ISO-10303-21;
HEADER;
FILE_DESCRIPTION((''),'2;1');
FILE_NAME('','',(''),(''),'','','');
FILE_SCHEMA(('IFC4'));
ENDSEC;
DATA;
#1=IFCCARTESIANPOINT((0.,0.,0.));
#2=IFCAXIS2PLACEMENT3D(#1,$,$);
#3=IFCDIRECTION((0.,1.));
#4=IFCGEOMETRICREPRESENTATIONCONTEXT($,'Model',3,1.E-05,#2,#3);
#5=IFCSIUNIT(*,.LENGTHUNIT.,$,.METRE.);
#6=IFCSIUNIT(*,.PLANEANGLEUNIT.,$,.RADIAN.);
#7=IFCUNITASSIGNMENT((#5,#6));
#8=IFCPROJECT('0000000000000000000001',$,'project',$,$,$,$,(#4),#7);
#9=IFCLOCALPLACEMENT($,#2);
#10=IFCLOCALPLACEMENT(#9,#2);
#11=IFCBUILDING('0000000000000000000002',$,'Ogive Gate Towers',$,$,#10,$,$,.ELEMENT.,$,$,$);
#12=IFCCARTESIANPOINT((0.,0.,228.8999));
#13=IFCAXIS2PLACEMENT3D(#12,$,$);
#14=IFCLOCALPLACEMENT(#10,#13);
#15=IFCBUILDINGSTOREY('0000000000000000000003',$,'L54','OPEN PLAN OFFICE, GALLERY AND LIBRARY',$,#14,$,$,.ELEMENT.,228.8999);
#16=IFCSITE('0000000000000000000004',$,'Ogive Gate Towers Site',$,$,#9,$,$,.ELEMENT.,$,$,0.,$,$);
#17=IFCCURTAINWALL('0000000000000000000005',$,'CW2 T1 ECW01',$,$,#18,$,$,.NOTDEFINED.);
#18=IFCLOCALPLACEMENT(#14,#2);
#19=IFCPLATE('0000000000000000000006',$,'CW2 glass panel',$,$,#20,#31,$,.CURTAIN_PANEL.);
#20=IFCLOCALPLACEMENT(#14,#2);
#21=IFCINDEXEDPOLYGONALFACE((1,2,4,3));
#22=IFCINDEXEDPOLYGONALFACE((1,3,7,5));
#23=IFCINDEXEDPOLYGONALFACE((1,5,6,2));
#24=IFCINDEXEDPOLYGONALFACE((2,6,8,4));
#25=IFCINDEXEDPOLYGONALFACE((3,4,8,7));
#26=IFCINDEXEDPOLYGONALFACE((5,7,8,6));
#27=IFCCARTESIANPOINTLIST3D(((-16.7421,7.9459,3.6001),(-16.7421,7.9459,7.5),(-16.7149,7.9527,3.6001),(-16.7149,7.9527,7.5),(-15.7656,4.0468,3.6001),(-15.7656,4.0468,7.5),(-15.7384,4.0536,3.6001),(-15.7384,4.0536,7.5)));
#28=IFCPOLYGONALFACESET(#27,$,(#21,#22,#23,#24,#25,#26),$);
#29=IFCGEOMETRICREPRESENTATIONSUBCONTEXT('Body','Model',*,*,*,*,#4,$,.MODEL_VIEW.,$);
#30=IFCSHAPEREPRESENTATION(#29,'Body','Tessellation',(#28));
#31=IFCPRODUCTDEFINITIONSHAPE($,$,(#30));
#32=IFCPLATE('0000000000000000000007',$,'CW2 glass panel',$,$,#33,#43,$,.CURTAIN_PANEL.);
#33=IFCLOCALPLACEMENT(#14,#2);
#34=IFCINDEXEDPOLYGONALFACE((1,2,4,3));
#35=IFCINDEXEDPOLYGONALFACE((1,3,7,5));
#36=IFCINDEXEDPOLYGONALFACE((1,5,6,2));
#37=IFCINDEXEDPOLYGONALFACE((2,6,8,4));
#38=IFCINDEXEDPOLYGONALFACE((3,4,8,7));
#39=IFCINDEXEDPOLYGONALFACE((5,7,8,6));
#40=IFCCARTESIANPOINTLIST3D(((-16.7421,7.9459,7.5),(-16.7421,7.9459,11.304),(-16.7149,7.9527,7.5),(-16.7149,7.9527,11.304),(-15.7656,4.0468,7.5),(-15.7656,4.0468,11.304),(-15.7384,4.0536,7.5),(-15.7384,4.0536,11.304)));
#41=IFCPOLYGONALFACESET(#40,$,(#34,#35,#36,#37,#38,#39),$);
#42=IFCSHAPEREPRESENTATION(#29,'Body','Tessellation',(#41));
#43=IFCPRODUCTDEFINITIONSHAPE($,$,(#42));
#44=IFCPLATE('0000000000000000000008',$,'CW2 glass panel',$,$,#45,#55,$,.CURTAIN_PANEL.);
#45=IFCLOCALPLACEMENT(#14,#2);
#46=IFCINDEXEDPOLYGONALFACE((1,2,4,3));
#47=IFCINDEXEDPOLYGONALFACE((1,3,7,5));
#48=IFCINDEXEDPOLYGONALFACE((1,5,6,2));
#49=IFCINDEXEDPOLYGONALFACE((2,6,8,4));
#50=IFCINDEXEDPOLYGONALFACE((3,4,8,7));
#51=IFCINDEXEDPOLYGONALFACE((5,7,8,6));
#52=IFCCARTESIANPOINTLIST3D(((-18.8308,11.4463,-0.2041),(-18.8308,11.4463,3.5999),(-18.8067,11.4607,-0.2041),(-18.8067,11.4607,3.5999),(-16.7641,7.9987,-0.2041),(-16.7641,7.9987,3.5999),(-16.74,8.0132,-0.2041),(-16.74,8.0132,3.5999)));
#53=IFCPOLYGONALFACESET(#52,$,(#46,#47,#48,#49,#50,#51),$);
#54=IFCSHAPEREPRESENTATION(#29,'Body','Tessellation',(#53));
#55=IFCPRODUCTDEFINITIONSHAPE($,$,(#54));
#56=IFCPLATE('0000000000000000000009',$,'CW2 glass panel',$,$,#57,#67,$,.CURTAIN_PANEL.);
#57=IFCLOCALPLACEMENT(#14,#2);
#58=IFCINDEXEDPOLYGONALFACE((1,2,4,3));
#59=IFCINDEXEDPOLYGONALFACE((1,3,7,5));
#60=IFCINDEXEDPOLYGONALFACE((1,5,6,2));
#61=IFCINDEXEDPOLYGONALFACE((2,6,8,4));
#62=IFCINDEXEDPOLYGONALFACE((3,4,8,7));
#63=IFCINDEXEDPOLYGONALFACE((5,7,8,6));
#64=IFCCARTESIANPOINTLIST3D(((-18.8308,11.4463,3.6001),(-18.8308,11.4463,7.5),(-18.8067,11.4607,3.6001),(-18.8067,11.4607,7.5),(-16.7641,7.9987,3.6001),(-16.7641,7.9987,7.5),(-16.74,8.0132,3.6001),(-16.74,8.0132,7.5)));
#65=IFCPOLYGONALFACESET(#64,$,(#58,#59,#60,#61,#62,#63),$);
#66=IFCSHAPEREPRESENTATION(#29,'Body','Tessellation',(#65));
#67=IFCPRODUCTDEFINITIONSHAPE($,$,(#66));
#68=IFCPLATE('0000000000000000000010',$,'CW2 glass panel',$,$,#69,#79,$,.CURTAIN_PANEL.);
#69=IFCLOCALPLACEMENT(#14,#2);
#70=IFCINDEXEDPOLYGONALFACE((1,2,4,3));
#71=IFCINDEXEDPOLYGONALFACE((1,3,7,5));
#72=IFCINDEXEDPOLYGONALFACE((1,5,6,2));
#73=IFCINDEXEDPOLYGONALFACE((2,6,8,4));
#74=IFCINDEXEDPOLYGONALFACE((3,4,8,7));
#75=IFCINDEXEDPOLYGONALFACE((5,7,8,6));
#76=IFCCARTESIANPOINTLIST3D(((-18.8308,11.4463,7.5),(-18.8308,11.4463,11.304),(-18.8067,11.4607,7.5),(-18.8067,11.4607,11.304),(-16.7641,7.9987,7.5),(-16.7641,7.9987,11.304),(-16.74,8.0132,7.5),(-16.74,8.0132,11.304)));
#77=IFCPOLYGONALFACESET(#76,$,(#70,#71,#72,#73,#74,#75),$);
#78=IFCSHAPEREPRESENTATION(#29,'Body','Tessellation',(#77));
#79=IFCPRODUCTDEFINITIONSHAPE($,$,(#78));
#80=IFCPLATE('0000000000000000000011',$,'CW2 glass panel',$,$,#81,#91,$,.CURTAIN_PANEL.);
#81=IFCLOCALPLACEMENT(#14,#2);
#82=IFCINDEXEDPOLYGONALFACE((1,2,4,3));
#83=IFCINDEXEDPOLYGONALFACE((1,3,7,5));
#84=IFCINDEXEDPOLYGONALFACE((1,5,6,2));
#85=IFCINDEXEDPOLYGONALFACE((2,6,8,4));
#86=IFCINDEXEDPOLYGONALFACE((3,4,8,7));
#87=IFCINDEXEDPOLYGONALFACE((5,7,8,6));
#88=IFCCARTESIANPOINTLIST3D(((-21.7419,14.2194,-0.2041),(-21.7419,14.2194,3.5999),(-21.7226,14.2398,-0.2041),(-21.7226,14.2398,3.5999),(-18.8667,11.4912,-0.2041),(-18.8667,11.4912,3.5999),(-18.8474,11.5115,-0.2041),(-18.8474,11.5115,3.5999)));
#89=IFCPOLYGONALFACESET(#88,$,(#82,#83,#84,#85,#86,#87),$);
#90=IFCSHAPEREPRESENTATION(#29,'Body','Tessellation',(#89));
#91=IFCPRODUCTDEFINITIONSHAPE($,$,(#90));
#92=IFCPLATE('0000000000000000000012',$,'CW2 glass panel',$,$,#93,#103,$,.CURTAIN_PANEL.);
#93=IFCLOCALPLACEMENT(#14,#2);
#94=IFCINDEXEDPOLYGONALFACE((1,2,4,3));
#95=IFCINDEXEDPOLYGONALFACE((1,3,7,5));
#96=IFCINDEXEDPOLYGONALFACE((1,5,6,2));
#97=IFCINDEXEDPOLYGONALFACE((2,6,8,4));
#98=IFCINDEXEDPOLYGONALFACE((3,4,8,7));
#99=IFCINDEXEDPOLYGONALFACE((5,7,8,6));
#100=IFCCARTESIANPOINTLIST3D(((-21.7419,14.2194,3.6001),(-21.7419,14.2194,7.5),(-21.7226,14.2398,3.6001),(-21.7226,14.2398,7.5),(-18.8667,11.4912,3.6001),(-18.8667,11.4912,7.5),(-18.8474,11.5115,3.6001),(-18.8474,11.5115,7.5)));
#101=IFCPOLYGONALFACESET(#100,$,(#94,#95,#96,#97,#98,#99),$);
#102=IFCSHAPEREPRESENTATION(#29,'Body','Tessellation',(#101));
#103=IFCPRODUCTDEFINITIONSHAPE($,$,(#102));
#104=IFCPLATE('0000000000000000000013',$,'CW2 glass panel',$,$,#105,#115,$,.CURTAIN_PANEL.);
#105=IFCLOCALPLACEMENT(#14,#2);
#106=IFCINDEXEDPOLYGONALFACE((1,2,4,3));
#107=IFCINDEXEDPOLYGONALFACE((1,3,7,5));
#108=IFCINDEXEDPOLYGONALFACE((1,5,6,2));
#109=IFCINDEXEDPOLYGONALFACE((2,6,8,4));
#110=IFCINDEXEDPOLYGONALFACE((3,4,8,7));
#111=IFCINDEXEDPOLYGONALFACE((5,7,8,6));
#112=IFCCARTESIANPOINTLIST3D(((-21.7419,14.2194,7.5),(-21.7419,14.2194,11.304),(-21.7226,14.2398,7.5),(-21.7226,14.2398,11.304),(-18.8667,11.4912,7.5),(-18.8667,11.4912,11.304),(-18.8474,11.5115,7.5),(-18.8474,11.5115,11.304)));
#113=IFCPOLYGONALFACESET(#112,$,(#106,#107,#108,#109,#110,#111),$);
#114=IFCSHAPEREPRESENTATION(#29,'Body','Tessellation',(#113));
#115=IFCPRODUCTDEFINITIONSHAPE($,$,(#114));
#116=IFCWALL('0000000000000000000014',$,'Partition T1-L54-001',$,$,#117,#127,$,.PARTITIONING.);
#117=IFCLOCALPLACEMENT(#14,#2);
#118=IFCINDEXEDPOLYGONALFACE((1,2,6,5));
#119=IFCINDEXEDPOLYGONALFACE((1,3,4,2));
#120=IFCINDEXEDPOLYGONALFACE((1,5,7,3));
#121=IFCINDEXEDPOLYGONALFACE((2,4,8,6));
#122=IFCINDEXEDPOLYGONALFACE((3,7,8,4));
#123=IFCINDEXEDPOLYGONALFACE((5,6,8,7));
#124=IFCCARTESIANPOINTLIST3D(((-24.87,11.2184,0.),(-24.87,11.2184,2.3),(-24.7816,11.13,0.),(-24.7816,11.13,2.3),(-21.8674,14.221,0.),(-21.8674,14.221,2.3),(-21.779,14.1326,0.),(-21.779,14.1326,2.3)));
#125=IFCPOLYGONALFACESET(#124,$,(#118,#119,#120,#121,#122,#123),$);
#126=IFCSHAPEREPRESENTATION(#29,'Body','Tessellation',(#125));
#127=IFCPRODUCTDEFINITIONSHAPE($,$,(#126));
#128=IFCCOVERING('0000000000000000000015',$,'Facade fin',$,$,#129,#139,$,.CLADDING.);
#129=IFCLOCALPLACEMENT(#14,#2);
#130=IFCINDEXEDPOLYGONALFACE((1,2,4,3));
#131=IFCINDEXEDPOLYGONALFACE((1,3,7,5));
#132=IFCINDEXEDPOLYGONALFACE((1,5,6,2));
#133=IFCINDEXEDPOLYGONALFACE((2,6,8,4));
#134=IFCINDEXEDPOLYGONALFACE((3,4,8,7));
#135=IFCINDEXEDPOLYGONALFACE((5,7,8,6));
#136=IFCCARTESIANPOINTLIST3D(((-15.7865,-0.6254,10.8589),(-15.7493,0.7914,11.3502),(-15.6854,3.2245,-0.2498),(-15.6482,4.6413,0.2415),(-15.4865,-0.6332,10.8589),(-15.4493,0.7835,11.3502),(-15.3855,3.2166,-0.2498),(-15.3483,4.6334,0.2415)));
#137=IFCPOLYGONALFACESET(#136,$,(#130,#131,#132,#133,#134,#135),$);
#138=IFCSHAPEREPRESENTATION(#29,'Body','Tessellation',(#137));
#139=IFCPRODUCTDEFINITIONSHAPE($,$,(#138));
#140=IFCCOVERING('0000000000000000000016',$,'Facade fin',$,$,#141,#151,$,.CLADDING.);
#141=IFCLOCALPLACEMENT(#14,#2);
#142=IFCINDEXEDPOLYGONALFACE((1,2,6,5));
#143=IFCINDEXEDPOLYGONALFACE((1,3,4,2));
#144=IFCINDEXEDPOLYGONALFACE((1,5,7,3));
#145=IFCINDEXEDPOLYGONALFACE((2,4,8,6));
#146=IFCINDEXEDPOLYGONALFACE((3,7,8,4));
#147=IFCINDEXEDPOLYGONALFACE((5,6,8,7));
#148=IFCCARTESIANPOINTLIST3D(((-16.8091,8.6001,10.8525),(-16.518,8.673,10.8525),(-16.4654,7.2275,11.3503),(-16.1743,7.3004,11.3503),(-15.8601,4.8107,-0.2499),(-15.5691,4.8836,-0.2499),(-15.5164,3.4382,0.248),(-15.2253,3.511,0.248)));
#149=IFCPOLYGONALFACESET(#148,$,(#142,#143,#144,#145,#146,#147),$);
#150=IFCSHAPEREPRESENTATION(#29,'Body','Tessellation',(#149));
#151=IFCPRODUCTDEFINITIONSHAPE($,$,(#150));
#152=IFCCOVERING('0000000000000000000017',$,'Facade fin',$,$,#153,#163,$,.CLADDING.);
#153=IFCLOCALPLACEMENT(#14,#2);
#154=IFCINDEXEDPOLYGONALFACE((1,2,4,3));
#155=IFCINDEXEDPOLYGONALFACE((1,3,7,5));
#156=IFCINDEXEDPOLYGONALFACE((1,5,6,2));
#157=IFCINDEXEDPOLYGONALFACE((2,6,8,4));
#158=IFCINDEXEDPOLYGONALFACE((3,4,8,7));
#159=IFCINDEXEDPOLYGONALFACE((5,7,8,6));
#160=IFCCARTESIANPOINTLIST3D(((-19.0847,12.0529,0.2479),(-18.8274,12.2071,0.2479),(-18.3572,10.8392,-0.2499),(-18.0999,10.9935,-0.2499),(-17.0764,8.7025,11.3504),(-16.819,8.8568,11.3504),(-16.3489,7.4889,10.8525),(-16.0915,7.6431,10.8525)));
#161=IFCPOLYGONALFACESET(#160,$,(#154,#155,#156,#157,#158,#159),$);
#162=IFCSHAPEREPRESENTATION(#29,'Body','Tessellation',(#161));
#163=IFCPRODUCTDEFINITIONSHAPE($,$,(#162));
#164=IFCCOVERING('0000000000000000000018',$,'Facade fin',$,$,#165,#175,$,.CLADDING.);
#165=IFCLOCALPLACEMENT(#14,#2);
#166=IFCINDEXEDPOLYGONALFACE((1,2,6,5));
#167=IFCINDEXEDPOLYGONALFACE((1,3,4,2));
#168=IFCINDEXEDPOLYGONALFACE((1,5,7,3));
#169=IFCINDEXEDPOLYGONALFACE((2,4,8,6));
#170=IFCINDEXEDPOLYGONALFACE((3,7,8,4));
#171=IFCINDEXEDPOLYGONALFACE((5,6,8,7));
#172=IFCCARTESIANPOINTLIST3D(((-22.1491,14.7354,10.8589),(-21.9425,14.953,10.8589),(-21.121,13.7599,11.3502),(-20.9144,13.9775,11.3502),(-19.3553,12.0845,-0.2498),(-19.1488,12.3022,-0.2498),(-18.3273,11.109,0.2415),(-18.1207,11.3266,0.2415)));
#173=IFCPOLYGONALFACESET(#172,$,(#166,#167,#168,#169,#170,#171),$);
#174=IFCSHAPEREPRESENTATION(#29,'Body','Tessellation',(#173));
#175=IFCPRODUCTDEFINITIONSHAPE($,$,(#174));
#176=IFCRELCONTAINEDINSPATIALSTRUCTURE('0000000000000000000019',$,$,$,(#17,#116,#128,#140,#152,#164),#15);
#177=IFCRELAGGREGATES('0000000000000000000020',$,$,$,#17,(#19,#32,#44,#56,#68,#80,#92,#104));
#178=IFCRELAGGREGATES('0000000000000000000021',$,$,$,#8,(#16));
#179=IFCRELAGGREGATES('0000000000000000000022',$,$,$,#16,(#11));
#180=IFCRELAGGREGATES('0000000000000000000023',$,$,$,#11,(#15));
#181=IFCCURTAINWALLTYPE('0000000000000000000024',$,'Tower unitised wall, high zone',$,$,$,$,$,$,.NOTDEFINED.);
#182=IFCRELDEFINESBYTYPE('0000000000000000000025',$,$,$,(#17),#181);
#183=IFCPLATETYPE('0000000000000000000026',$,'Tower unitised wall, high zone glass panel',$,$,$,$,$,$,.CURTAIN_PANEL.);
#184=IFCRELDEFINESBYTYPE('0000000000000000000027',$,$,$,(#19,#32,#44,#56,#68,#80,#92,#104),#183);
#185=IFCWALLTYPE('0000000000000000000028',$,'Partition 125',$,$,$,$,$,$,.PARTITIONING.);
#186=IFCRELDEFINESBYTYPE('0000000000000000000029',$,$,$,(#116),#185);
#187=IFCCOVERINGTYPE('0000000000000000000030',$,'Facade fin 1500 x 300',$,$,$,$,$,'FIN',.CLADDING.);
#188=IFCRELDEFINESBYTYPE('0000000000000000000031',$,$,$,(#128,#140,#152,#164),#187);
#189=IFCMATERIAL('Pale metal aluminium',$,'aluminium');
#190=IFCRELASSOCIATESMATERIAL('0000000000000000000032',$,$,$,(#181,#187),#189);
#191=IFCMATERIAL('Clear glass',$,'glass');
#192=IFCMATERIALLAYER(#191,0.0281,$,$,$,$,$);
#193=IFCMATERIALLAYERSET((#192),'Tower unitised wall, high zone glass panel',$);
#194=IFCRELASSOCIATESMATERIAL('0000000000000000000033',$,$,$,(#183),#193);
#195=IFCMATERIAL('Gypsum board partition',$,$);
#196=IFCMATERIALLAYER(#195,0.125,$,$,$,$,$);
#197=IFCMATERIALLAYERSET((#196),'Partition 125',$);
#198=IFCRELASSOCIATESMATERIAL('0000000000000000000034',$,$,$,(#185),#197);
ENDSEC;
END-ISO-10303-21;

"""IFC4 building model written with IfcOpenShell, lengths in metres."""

from ifc_helpers import new_model, si_unit, direction, frame, frame_2d, origin, origin_2d, place, context, subcontext, project, spatial, rectangle, extrude, material, layer, layer_set, material_profile, profile_set, type_object, element, aggregate, save


model = new_model("IFC4")

# Units and contexts
model_context = context("Model", 3, precision=1e-05, world=origin(), true_north=direction((0.0, 1.0)))
body_context = subcontext(model_context, "Body", "Model", "MODEL_VIEW")
ifc_project = project(units=[si_unit("LENGTHUNIT", "METRE"), si_unit("PLANEANGLEUNIT", "RADIAN")], contexts=[model_context])

# Site, building, storey
site_placement = place(None, origin())
site = spatial("IfcSite", under=ifc_project, at=site_placement, Name="Ogive Gate Towers Site", CompositionType="ELEMENT", RefElevation=0.0)
building_placement = place(site_placement, origin())
building = spatial("IfcBuilding", under=site, at=building_placement, Name="Ogive Gate Towers", CompositionType="ELEMENT")
storey_placement = place(building_placement, frame((0.0, 0.0, 228.8999)))
storey = spatial("IfcBuildingStorey", under=building, at=storey_placement, Name="L54", Description="OPEN PLAN OFFICE, GALLERY AND LIBRARY", CompositionType="ELEMENT", Elevation=228.8999)

# Curtain wall
ifc_material_1 = material(Name="Pale metal aluminium", Category="aluminium")
curtain_wall_type = type_object("IfcCurtainWallType", Name="Tower unitised wall, high zone", PredefinedType="NOTDEFINED", material=ifc_material_1)
curtain_wall_1_placement = place(storey_placement, origin())
curtain_wall_1 = element("IfcCurtainWall", 1, at=curtain_wall_1_placement, inside=storey, type_object=curtain_wall_type, Name="CW2 T1 ECW01", PredefinedType="NOTDEFINED")

# Plates
ifc_material_2 = material(Name="Clear glass", Category="glass")
ifc_layer_1 = layer(ifc_material_2, 0.0281)
ifc_layer_set_1 = layer_set([ifc_layer_1], Name="Tower unitised wall, high zone glass panel")
plate_type = type_object("IfcPlateType", Name="Tower unitised wall, high zone glass panel", PredefinedType="CURTAIN_PANEL", material=ifc_layer_set_1)
plate_1_placement = place(storey_placement, frame((-16.2402, 5.9998, 3.6001), z_axis=(0.0, 0.0, 1.0), x_axis=(-0.242938, 0.970042, 0.0)))
plate_1 = element("IfcPlate", 2, at=plate_1_placement, type_object=plate_type, Name="CW2 glass panel", PredefinedType="CURTAIN_PANEL", context=body_context, shape_type="SweptSolid", body=[
    extrude(rectangle(XDim=4.0195, YDim=0.0281, at=origin_2d()), origin(), (0.0, 0.0, 1.0), 3.8999),
])
plate_2_placement = place(storey_placement, frame((-16.2402, 5.9998, 7.5), z_axis=(0.0, 0.0, 1.0), x_axis=(-0.242938, 0.970042, 0.0)))
plate_2 = element("IfcPlate", 3, at=plate_2_placement, type_object=plate_type, Name="CW2 glass panel", PredefinedType="CURTAIN_PANEL", context=body_context, shape_type="SweptSolid", body=[
    extrude(rectangle(XDim=4.0195, YDim=0.0281, at=origin_2d()), origin(), (0.0, 0.0, 1.0), 3.804),
])
plate_3_placement = place(storey_placement, frame((-17.7854, 9.7297, -0.2041), z_axis=(0.0, 0.0, 1.0), x_axis=(-0.514155, 0.857697, 0.0)))
plate_3 = element("IfcPlate", 4, at=plate_3_placement, type_object=plate_type, Name="CW2 glass panel", PredefinedType="CURTAIN_PANEL", context=body_context, shape_type="SweptSolid", body=[
    extrude(rectangle(XDim=4.0195, YDim=0.0281, at=origin_2d()), origin(), (0.0, 0.0, 1.0), 3.804),
])
plate_4_placement = place(storey_placement, frame((-17.7854, 9.7297, 3.6001), z_axis=(0.0, 0.0, 1.0), x_axis=(-0.514155, 0.857697, 0.0)))
plate_4 = element("IfcPlate", 5, at=plate_4_placement, type_object=plate_type, Name="CW2 glass panel", PredefinedType="CURTAIN_PANEL", context=body_context, shape_type="SweptSolid", body=[
    extrude(rectangle(XDim=4.0195, YDim=0.0281, at=origin_2d()), origin(), (0.0, 0.0, 1.0), 3.8999),
])
plate_5_placement = place(storey_placement, frame((-17.7854, 9.7297, 7.5), z_axis=(0.0, 0.0, 1.0), x_axis=(-0.514155, 0.857697, 0.0)))
plate_5 = element("IfcPlate", 6, at=plate_5_placement, type_object=plate_type, Name="CW2 glass panel", PredefinedType="CURTAIN_PANEL", context=body_context, shape_type="SweptSolid", body=[
    extrude(rectangle(XDim=4.0195, YDim=0.0281, at=origin_2d()), origin(), (0.0, 0.0, 1.0), 3.804),
])
plate_6_placement = place(storey_placement, frame((-20.2947, 12.8655, -0.2041), z_axis=(0.0, 0.0, 1.0), x_axis=(-0.725398, 0.688329, 0.0)))
plate_6 = element("IfcPlate", 7, at=plate_6_placement, type_object=plate_type, Name="CW2 glass panel", PredefinedType="CURTAIN_PANEL", context=body_context, shape_type="SweptSolid", body=[
    extrude(rectangle(XDim=3.9636, YDim=0.0281, at=origin_2d()), origin(), (0.0, 0.0, 1.0), 3.804),
])
plate_7_placement = place(storey_placement, frame((-20.2947, 12.8655, 3.6001), z_axis=(0.0, 0.0, 1.0), x_axis=(-0.725398, 0.688329, 0.0)))
plate_7 = element("IfcPlate", 8, at=plate_7_placement, type_object=plate_type, Name="CW2 glass panel", PredefinedType="CURTAIN_PANEL", context=body_context, shape_type="SweptSolid", body=[
    extrude(rectangle(XDim=3.9636, YDim=0.0281, at=origin_2d()), origin(), (0.0, 0.0, 1.0), 3.8999),
])
plate_8_placement = place(storey_placement, frame((-20.2947, 12.8655, 7.5), z_axis=(0.0, 0.0, 1.0), x_axis=(-0.725398, 0.688329, 0.0)))
plate_8 = element("IfcPlate", 9, at=plate_8_placement, type_object=plate_type, Name="CW2 glass panel", PredefinedType="CURTAIN_PANEL", context=body_context, shape_type="SweptSolid", body=[
    extrude(rectangle(XDim=3.9636, YDim=0.0281, at=origin_2d()), origin(), (0.0, 0.0, 1.0), 3.804),
])
aggregate(curtain_wall_1, [plate_1, plate_2, plate_3, plate_4, plate_5, plate_6, plate_7, plate_8])

# Wall
ifc_material_3 = material(Name="Gypsum board partition")
ifc_layer_2 = layer(ifc_material_3, 0.125)
ifc_layer_set_2 = layer_set([ifc_layer_2], Name="Partition 125")
wall_type = type_object("IfcWallType", Name="Partition 125", PredefinedType="PARTITIONING", material=ifc_layer_set_2)
wall_placement = place(storey_placement, frame((-21.8232, 14.1768, 0.0), z_axis=(0.0, 0.0, 1.0), x_axis=(-0.707107, -0.707107, 0.0)))
element("IfcWall", 10, at=wall_placement, inside=storey, type_object=wall_type, Name="Partition T1-L54-001", PredefinedType="PARTITIONING", context=body_context, shape_type="SweptSolid", body=[
    extrude(rectangle(XDim=4.2463, YDim=0.125, at=frame_2d((2.123, 0.0))), origin(), (0.0, 0.0, 1.0), 2.3),
])

# Coverings
ifc_material_profile_1 = material_profile(ifc_material_1, rectangle(XDim=0.3, YDim=1.5, at=origin_2d()), Name="1500 x 300 pale metal aluminium")
ifc_profile_set_1 = profile_set([ifc_material_profile_1], Name="Pale metal aluminium")
covering_type = type_object("IfcCoveringType", Name="Facade fin 1500 x 300", ElementType="FIN", PredefinedType="CLADDING", material=ifc_profile_set_1)
covering_1_placement = place(storey_placement, frame((-15.5168, 3.929, -0.0042), z_axis=(-0.008597, -0.327444, 0.944831), x_axis=(0.999656, -0.026245, 0.0)))
element("IfcCovering", 11, at=covering_1_placement, inside=storey, type_object=covering_type, Name="Facade fin", PredefinedType="CLADDING", context=body_context, shape_type="SweptSolid", body=[
    extrude(rectangle(XDim=0.3, YDim=1.5, at=origin_2d()), origin(), (0.0, 0.0, 1.0), 11.7573),
])
for number, where, z_axis, x_axis, name in (
    (12, (-15.5427, 4.1609, -0.001), (-0.08063, 0.321961, 0.943313), (-0.970043, -0.242933, 0.0), "Facade fin"),
    (13, (-18.5923, 11.5232, -0.001), (0.170637, -0.284665, 0.943318), (0.857708, 0.514137, 0.0), "Facade fin"),
):
    element("IfcCovering", number, at=place(storey_placement, frame(where, z_axis=z_axis, x_axis=x_axis)), inside=storey, type_object=covering_type, Name=name, PredefinedType="CLADDING", context=body_context, shape_type="SweptSolid", body=[
        extrude(rectangle(XDim=0.3, YDim=1.5, at=origin_2d()), origin(), (0.0, 0.0, 1.0), 11.7695),
    ])
covering_2_placement = place(storey_placement, frame((-18.738, 11.7056, -0.0042), z_axis=(-0.237614, 0.225467, 0.94483), x_axis=(-0.688321, -0.725406, 0.0)))
element("IfcCovering", 14, at=covering_2_placement, inside=storey, type_object=covering_type, Name="Facade fin", PredefinedType="CLADDING", context=body_context, shape_type="SweptSolid", body=[
    extrude(rectangle(XDim=0.3, YDim=1.5, at=origin_2d()), origin(), (0.0, 0.0, 1.0), 11.7573),
])

save(model, "model.ifc")
